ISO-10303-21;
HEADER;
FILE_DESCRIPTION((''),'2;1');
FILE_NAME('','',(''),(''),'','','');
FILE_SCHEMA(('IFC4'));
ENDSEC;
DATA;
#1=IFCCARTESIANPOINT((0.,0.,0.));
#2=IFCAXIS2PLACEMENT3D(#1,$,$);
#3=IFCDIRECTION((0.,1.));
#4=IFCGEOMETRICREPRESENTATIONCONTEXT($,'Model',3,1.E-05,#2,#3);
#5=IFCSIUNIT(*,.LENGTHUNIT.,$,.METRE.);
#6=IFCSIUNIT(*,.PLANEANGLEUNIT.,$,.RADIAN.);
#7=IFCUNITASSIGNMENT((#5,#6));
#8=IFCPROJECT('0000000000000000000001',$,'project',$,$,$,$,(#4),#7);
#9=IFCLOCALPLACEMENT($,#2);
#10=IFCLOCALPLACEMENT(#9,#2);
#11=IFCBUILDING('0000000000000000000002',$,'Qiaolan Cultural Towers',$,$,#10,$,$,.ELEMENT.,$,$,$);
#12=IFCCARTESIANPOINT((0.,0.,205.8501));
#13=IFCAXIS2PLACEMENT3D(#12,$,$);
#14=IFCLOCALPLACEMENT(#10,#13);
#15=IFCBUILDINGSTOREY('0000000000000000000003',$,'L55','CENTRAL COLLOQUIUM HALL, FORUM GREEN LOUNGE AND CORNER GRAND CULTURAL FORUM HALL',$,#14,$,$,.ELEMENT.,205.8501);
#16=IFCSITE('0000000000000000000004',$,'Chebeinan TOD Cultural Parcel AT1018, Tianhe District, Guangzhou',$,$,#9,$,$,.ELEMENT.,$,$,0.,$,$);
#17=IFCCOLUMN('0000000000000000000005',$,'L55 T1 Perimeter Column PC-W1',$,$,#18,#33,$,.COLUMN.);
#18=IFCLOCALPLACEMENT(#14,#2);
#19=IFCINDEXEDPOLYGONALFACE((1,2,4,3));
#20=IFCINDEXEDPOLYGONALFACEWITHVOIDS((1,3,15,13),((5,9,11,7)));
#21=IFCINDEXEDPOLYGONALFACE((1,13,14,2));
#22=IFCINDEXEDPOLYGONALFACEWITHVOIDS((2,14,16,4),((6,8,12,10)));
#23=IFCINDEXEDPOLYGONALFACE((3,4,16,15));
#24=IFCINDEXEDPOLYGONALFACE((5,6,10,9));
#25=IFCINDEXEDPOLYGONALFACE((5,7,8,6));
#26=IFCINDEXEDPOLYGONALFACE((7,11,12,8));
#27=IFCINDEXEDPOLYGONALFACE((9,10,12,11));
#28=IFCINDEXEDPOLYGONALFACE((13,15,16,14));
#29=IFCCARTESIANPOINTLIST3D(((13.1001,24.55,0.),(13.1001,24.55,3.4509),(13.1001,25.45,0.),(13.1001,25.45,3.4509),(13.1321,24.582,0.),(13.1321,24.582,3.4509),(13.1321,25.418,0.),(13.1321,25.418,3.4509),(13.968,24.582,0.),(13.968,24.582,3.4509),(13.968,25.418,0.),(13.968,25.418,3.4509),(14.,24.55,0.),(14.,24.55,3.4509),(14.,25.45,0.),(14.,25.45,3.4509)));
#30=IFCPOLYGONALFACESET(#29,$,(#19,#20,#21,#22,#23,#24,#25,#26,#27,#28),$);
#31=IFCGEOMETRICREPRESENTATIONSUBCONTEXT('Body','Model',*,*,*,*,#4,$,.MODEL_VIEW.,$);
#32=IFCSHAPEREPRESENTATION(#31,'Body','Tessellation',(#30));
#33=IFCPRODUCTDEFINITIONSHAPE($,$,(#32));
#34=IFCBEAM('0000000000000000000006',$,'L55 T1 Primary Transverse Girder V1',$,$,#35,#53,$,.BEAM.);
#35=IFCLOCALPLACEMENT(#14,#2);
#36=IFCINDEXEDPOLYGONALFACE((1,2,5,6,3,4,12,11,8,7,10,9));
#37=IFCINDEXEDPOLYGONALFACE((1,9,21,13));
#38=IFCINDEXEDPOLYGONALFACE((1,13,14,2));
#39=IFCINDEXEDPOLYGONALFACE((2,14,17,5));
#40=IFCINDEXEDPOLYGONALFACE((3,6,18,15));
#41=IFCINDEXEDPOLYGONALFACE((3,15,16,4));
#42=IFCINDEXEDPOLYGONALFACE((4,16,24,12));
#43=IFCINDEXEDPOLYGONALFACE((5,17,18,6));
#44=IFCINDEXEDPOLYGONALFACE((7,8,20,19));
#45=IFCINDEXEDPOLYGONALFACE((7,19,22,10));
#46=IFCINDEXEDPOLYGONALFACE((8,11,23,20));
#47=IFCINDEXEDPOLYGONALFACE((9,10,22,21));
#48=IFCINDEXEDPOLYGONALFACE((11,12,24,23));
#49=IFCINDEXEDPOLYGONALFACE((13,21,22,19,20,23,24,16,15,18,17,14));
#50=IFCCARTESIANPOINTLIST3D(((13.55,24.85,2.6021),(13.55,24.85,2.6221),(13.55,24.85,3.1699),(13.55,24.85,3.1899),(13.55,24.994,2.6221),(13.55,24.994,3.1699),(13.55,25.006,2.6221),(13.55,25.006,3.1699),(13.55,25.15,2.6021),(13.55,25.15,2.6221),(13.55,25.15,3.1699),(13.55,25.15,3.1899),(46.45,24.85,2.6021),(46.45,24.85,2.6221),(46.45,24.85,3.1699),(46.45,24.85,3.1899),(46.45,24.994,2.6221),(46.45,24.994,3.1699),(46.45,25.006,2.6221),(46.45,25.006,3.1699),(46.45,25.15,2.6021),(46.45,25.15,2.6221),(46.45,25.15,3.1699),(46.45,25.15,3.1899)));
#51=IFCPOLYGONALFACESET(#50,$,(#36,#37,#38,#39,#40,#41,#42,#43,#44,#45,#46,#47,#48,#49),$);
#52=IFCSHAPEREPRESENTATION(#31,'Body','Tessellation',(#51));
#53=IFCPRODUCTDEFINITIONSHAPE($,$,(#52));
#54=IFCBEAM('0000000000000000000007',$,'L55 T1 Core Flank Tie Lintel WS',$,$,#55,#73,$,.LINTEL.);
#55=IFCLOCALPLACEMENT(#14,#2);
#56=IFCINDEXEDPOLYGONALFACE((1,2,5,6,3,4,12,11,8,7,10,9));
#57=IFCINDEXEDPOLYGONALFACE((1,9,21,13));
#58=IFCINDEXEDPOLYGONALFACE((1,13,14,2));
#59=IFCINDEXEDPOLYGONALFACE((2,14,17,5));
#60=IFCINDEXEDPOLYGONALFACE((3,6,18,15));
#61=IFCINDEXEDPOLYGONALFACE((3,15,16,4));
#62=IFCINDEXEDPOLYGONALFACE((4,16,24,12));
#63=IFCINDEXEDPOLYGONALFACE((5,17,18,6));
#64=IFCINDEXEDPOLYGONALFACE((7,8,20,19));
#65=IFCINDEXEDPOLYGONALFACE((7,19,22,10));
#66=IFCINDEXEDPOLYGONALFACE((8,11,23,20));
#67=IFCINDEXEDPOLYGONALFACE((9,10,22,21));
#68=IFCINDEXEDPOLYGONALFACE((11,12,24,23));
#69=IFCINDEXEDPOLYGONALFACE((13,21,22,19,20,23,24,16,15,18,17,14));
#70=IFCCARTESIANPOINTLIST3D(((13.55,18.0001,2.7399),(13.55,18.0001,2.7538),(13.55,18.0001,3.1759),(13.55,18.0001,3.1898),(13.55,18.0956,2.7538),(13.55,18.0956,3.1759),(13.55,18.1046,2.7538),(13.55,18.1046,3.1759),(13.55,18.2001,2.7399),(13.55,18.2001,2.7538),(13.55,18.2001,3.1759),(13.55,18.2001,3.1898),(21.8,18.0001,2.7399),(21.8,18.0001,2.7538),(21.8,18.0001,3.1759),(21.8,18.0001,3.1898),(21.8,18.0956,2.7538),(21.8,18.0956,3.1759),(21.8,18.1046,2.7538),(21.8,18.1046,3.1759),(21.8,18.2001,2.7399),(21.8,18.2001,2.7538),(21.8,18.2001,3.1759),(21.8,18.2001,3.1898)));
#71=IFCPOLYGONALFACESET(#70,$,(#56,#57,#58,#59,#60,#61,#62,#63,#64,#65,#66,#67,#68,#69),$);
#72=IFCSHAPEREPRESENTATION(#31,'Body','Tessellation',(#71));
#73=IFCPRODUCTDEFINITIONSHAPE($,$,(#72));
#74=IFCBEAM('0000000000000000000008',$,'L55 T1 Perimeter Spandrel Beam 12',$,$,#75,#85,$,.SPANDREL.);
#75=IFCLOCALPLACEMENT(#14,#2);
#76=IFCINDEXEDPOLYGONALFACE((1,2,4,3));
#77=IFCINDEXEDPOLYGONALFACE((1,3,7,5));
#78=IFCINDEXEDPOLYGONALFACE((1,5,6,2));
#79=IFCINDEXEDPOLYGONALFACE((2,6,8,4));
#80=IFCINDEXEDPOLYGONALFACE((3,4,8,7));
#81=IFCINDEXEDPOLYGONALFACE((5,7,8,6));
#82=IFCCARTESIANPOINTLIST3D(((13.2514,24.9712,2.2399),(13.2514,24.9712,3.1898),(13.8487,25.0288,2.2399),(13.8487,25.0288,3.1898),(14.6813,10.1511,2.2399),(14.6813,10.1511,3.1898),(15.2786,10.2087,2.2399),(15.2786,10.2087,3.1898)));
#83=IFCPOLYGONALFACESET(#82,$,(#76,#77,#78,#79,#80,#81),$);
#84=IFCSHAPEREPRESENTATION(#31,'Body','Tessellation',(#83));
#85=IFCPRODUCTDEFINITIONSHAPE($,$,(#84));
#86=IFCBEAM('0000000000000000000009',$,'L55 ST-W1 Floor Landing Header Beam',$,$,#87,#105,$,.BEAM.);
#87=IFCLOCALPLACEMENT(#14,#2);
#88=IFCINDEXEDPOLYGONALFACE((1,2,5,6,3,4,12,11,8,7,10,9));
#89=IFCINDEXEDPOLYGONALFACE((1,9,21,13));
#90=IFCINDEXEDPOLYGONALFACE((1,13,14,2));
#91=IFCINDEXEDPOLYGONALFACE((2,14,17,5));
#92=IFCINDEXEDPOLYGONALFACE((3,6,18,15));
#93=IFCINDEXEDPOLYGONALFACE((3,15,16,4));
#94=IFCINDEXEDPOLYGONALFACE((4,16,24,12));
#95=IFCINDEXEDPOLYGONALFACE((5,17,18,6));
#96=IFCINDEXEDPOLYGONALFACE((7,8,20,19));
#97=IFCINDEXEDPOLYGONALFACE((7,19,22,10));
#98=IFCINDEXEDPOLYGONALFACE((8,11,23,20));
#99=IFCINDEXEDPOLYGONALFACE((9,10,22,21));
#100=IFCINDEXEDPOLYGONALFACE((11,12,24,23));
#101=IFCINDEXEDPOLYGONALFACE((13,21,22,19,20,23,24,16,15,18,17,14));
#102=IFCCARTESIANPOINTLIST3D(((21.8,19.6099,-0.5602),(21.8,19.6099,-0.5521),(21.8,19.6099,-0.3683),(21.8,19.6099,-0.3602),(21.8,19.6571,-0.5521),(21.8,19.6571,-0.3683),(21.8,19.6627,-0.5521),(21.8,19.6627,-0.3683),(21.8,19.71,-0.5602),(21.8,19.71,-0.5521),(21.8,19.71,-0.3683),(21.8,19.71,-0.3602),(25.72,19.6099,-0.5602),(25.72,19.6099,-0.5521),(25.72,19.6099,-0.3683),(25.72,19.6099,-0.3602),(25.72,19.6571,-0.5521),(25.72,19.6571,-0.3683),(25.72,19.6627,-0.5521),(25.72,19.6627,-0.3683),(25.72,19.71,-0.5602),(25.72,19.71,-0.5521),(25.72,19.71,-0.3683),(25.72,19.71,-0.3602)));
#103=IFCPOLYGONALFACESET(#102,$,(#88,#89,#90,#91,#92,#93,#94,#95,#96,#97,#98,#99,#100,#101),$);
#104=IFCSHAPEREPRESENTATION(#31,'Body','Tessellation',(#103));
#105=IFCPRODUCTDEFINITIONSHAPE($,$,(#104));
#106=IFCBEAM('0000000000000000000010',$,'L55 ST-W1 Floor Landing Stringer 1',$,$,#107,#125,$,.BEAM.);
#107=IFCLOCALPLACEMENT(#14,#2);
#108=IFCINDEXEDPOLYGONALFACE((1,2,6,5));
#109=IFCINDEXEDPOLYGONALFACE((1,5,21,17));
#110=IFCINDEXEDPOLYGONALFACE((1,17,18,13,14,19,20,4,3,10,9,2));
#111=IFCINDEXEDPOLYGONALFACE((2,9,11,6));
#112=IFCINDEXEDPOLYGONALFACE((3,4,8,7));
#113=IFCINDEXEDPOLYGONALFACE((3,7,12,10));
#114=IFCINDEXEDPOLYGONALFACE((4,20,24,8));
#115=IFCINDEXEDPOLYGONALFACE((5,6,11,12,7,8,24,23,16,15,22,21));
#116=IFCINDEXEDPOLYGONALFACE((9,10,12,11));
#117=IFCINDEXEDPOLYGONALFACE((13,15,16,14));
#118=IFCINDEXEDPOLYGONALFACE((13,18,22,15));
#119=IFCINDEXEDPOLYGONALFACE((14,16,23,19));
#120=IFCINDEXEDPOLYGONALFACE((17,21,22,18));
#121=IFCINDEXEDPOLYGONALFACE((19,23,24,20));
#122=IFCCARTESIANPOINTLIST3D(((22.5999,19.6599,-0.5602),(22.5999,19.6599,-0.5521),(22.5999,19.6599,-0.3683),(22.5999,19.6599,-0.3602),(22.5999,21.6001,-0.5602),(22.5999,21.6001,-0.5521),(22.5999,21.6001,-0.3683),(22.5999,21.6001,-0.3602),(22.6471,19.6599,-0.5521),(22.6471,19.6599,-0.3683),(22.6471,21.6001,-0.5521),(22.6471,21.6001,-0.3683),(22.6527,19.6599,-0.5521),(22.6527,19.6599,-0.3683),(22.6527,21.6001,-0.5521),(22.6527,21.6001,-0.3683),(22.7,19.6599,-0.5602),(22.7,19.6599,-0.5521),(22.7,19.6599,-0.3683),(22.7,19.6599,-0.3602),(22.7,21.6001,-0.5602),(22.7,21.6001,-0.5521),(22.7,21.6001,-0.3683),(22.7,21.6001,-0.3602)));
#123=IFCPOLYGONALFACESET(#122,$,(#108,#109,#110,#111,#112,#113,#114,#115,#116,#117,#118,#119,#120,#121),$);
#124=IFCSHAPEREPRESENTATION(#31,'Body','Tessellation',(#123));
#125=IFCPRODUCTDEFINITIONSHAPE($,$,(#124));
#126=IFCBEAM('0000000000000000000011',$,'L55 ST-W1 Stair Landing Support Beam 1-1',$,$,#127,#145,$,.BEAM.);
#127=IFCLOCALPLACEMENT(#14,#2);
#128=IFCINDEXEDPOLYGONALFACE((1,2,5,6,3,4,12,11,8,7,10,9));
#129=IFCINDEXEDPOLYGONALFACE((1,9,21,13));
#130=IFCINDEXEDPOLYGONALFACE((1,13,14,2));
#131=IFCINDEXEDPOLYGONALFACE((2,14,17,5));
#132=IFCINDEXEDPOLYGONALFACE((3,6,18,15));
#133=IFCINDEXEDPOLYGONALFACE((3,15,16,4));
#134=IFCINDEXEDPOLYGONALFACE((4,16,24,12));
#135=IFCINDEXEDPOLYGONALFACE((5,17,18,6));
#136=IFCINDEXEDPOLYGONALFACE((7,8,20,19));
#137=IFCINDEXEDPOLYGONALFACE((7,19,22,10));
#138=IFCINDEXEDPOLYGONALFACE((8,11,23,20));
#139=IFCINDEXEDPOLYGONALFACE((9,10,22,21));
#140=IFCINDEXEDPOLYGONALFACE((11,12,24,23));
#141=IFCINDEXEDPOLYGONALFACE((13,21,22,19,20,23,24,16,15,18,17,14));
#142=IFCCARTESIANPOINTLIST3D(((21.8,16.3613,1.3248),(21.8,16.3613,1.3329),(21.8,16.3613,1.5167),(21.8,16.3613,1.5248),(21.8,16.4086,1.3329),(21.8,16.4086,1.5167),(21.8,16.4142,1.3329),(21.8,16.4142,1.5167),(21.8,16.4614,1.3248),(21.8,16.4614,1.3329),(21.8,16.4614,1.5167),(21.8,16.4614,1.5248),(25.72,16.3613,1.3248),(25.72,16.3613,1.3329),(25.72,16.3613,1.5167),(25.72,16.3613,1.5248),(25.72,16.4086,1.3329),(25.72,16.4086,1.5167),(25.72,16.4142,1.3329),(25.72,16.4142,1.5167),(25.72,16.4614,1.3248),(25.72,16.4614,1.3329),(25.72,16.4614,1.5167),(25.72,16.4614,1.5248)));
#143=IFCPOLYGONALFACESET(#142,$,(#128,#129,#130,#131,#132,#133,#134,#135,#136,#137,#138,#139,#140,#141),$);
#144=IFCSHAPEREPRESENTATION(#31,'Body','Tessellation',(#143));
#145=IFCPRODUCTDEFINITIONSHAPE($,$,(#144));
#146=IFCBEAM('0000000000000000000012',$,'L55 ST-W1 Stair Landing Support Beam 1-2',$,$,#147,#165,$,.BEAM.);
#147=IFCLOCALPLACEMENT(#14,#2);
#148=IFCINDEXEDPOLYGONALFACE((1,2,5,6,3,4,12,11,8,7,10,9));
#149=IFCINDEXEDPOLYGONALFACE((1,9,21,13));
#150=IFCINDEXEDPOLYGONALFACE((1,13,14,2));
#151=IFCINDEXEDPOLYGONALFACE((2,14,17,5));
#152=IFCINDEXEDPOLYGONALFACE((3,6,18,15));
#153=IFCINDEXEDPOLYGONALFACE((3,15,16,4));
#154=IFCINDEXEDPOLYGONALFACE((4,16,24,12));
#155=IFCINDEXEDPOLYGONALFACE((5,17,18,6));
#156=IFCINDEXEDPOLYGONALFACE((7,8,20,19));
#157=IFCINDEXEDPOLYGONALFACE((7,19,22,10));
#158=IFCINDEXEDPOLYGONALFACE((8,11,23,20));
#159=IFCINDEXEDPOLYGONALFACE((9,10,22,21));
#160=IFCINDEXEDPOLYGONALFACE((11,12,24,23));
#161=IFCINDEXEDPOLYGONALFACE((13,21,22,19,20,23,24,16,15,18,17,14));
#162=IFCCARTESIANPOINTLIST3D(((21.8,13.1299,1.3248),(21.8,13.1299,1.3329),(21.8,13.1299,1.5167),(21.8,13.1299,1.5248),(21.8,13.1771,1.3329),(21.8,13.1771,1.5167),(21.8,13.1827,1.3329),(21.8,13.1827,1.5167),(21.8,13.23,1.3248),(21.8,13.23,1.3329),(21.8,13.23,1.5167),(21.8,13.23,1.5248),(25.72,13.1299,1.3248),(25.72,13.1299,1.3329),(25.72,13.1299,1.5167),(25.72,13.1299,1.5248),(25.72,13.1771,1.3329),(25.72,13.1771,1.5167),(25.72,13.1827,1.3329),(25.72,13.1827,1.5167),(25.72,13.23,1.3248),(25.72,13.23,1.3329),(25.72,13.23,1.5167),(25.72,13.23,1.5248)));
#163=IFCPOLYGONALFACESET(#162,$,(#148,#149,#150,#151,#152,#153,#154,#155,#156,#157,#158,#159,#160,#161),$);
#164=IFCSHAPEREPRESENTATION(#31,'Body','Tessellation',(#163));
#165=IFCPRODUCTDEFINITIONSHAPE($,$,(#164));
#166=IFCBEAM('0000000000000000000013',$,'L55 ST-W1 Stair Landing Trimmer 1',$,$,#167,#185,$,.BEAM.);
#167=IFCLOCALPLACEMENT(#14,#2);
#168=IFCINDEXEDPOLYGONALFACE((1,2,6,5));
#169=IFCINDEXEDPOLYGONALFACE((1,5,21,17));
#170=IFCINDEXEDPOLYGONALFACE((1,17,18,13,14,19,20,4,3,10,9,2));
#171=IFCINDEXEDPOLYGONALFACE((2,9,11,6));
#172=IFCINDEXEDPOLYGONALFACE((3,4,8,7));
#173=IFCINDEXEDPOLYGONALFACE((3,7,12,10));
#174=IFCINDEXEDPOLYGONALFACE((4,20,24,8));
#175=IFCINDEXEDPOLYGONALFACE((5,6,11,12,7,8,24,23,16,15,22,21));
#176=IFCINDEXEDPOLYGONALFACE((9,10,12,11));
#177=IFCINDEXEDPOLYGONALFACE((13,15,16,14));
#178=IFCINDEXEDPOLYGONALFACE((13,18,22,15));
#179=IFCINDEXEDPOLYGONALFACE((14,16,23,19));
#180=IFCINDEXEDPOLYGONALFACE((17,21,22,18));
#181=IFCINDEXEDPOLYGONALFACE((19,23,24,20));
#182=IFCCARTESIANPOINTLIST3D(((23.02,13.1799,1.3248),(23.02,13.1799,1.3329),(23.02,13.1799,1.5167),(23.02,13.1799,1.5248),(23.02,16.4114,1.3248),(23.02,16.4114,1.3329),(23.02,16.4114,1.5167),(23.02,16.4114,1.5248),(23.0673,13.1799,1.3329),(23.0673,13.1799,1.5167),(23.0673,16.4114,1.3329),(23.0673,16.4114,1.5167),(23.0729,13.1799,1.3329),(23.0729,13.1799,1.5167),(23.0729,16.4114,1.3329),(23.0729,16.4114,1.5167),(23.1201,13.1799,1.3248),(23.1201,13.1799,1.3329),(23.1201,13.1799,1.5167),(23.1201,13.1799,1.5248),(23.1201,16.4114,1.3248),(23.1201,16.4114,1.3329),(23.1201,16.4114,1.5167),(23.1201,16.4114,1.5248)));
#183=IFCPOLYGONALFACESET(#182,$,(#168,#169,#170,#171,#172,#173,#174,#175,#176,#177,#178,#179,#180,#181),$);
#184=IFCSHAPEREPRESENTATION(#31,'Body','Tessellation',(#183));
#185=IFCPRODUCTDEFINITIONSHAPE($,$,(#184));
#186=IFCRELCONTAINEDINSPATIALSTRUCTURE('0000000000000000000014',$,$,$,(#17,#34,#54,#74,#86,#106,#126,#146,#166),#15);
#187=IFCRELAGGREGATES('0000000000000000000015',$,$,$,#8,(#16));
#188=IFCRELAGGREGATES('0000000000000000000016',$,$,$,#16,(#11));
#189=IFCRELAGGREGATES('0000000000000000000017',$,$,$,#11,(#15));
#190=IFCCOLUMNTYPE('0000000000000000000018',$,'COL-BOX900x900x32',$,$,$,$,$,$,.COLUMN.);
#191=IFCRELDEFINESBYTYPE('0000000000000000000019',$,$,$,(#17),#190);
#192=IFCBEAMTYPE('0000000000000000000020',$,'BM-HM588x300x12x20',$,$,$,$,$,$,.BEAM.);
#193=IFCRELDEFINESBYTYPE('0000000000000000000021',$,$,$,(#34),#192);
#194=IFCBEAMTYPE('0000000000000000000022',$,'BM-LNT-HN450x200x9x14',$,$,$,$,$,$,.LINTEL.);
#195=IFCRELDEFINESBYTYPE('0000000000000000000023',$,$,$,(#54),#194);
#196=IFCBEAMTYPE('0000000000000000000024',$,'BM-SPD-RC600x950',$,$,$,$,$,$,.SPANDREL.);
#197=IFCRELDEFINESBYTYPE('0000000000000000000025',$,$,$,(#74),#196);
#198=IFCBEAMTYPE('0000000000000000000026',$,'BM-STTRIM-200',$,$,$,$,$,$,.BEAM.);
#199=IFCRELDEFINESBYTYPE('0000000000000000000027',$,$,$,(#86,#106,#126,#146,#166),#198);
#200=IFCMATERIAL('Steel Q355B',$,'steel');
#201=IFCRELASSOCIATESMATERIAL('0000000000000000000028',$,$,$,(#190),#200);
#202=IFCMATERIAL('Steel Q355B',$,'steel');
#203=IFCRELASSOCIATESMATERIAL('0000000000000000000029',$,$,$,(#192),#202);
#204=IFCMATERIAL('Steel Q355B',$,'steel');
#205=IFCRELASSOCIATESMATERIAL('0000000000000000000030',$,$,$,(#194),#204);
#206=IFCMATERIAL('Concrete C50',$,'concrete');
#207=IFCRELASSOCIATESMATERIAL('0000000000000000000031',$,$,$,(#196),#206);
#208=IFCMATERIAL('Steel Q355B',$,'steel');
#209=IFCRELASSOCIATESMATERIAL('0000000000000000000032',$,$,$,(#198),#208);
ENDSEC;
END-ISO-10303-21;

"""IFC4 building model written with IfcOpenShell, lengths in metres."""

from ifc_helpers import new_model, si_unit, direction, frame, origin, origin_2d, place, context, subcontext, project, spatial, rectangle, hollow_rectangle, i_section, extrude, material, material_profile, profile_set, type_object, element, save


model = new_model("IFC4")

# Units and contexts
model_context = context("Model", 3, precision=1e-05, world=origin(), true_north=direction((0.0, 1.0)))
body_context = subcontext(model_context, "Body", "Model", "MODEL_VIEW")
ifc_project = project(units=[si_unit("LENGTHUNIT", "METRE"), si_unit("PLANEANGLEUNIT", "RADIAN")], contexts=[model_context])

# Site, building, storey
site_placement = place(None, origin())
site = spatial("IfcSite", under=ifc_project, at=site_placement, Name="Chebeinan TOD Cultural Parcel AT1018, Tianhe District, Guangzhou", CompositionType="ELEMENT", RefElevation=0.0)
building_placement = place(site_placement, origin())
building = spatial("IfcBuilding", under=site, at=building_placement, Name="Qiaolan Cultural Towers", CompositionType="ELEMENT")
storey_placement = place(building_placement, frame((0.0, 0.0, 205.8501)))
storey = spatial("IfcBuildingStorey", under=building, at=storey_placement, Name="L55", Description="CENTRAL COLLOQUIUM HALL, FORUM GREEN LOUNGE AND CORNER GRAND CULTURAL FORUM HALL", CompositionType="ELEMENT", Elevation=205.8501)

# Column
ifc_material_1 = material(Name="Steel Q355B", Category="steel")
ifc_material_profile_1 = material_profile(ifc_material_1, hollow_rectangle(XDim=0.8999, YDim=0.8999, WallThickness=0.032, at=origin_2d()), Name="BOX900x900x32")
ifc_profile_set_1 = profile_set([ifc_material_profile_1], Name="Steel Q355B")
column_type = type_object("IfcColumnType", Name="COL-BOX900x900x32", PredefinedType="COLUMN", material=ifc_profile_set_1)
column_placement = place(storey_placement, frame((13.55, 25.0, 0.0), z_axis=(0.0, 0.0, 1.0), x_axis=(1.0, 0.0, 0.0)))
element("IfcColumn", 1, at=column_placement, inside=storey, type_object=column_type, Name="L55 T1 Perimeter Column PC-W1", PredefinedType="COLUMN", context=body_context, shape_type="SweptSolid", body=[
    extrude(hollow_rectangle(XDim=0.8999, YDim=0.8999, WallThickness=0.032, at=origin_2d()), origin(), (0.0, 0.0, 1.0), 3.4509),
])

# Beams
ifc_material_2 = material(Name="Steel Q355B", Category="steel")
ifc_material_profile_2 = material_profile(ifc_material_2, i_section(OverallWidth=0.3, OverallDepth=0.5879, WebThickness=0.012, FlangeThickness=0.02, at=origin_2d()), Name="HM588x300x12x20")
ifc_profile_set_2 = profile_set([ifc_material_profile_2], Name="Steel Q355B")
beam_type_1 = type_object("IfcBeamType", Name="BM-HM588x300x12x20", PredefinedType="BEAM", material=ifc_profile_set_2)
beam_1_placement = place(storey_placement, frame((13.55, 25.0, 2.896), z_axis=(1.0, 0.0, 0.0), x_axis=(0.0, 1.0, 0.0)))
element("IfcBeam", 2, at=beam_1_placement, inside=storey, type_object=beam_type_1, Name="L55 T1 Primary Transverse Girder V1", PredefinedType="BEAM", context=body_context, shape_type="SweptSolid", body=[
    extrude(i_section(OverallWidth=0.3, OverallDepth=0.5879, WebThickness=0.012, FlangeThickness=0.02, at=origin_2d()), origin(), (0.0, 0.0, 1.0), 32.8999),
])
ifc_material_3 = material(Name="Steel Q355B", Category="steel")
ifc_material_profile_3 = material_profile(ifc_material_3, i_section(OverallWidth=0.2, OverallDepth=0.45, WebThickness=0.009, FlangeThickness=0.0139, at=origin_2d()), Name="HN450x200x9x14")
ifc_profile_set_3 = profile_set([ifc_material_profile_3], Name="Steel Q355B")
beam_type_2 = type_object("IfcBeamType", Name="BM-LNT-HN450x200x9x14", PredefinedType="LINTEL", material=ifc_profile_set_3)
beam_2_placement = place(storey_placement, frame((21.8, 18.1001, 2.9648), z_axis=(-1.0, 0.0, 0.0), x_axis=(0.0, -1.0, 0.0)))
element("IfcBeam", 3, at=beam_2_placement, inside=storey, type_object=beam_type_2, Name="L55 T1 Core Flank Tie Lintel WS", PredefinedType="LINTEL", context=body_context, shape_type="SweptSolid", body=[
    extrude(i_section(OverallWidth=0.2, OverallDepth=0.45, WebThickness=0.009, FlangeThickness=0.0139, at=origin_2d()), origin(), (0.0, 0.0, 1.0), 8.25),
])
ifc_material_4 = material(Name="Concrete C50", Category="concrete")
ifc_material_profile_4 = material_profile(ifc_material_4, rectangle(XDim=0.6001, YDim=0.95, at=origin_2d()), Name="RC600x950")
ifc_profile_set_4 = profile_set([ifc_material_profile_4], Name="Concrete C50")
beam_type_3 = type_object("IfcBeamType", Name="BM-SPD-RC600x950", PredefinedType="SPANDREL", material=ifc_profile_set_4)
beam_3_placement = place(storey_placement, frame((13.55, 25.0, 2.7148), z_axis=(0.09604, -0.995377, 0.0), x_axis=(0.995377, 0.09604, 0.0)))
element("IfcBeam", 4, at=beam_3_placement, inside=storey, type_object=beam_type_3, Name="L55 T1 Perimeter Spandrel Beam 12", PredefinedType="SPANDREL", context=body_context, shape_type="SweptSolid", body=[
    extrude(rectangle(XDim=0.6001, YDim=0.95, at=origin_2d()), origin(), (0.0, 0.0, 1.0), 14.8889),
])
ifc_material_5 = material(Name="Steel Q355B", Category="steel")
ifc_material_profile_5 = material_profile(ifc_material_5, i_section(OverallWidth=0.1001, OverallDepth=0.2, WebThickness=0.0056, FlangeThickness=0.0081, at=origin_2d()), Name="HN200x100x5.5x8")
ifc_profile_set_5 = profile_set([ifc_material_profile_5], Name="Steel Q355B")
beam_type_4 = type_object("IfcBeamType", Name="BM-STTRIM-200", PredefinedType="BEAM", material=ifc_profile_set_5)
beam_4_placement = place(storey_placement, frame((21.8, 19.6599, -0.4602), z_axis=(1.0, 0.0, 0.0), x_axis=(0.0, 1.0, 0.0)))
element("IfcBeam", 5, at=beam_4_placement, inside=storey, type_object=beam_type_4, Name="L55 ST-W1 Floor Landing Header Beam", PredefinedType="BEAM", context=body_context, shape_type="SweptSolid", body=[
    extrude(i_section(OverallWidth=0.1001, OverallDepth=0.2, WebThickness=0.0056, FlangeThickness=0.0081, at=origin_2d()), origin(), (0.0, 0.0, 1.0), 3.9199),
])
beam_5_placement = place(storey_placement, frame((22.6499, 21.6001, -0.4602), z_axis=(0.0, -1.0, 0.0), x_axis=(1.0, 0.0, 0.0)))
element("IfcBeam", 6, at=beam_5_placement, inside=storey, type_object=beam_type_4, Name="L55 ST-W1 Floor Landing Stringer 1", PredefinedType="BEAM", context=body_context, shape_type="SweptSolid", body=[
    extrude(i_section(OverallWidth=0.1001, OverallDepth=0.2, WebThickness=0.0056, FlangeThickness=0.0081, at=origin_2d()), origin(), (0.0, 0.0, 1.0), 1.9402),
])
for number, where, z_axis, x_axis, name in (
    (7, (21.8, 16.4114, 1.4248), (1.0, 0.0, 0.0), (0.0, 1.0, 0.0), "L55 ST-W1 Stair Landing Support Beam 1-1"),
    (8, (21.8, 13.1799, 1.4248), (1.0, 0.0, 0.0), (0.0, 1.0, 0.0), "L55 ST-W1 Stair Landing Support Beam 1-2"),
):
    element("IfcBeam", number, at=place(storey_placement, frame(where, z_axis=z_axis, x_axis=x_axis)), inside=storey, type_object=beam_type_4, Name=name, PredefinedType="BEAM", context=body_context, shape_type="SweptSolid", body=[
        extrude(i_section(OverallWidth=0.1001, OverallDepth=0.2, WebThickness=0.0056, FlangeThickness=0.0081, at=origin_2d()), origin(), (0.0, 0.0, 1.0), 3.9199),
    ])
beam_6_placement = place(storey_placement, frame((23.0701, 16.4114, 1.4248), z_axis=(0.0, -1.0, 0.0), x_axis=(1.0, 0.0, 0.0)))
element("IfcBeam", 9, at=beam_6_placement, inside=storey, type_object=beam_type_4, Name="L55 ST-W1 Stair Landing Trimmer 1", PredefinedType="BEAM", context=body_context, shape_type="SweptSolid", body=[
    extrude(i_section(OverallWidth=0.1001, OverallDepth=0.2, WebThickness=0.0056, FlangeThickness=0.0081, at=origin_2d()), origin(), (0.0, 0.0, 1.0), 3.2314),
])

save(model, "model.ifc")
